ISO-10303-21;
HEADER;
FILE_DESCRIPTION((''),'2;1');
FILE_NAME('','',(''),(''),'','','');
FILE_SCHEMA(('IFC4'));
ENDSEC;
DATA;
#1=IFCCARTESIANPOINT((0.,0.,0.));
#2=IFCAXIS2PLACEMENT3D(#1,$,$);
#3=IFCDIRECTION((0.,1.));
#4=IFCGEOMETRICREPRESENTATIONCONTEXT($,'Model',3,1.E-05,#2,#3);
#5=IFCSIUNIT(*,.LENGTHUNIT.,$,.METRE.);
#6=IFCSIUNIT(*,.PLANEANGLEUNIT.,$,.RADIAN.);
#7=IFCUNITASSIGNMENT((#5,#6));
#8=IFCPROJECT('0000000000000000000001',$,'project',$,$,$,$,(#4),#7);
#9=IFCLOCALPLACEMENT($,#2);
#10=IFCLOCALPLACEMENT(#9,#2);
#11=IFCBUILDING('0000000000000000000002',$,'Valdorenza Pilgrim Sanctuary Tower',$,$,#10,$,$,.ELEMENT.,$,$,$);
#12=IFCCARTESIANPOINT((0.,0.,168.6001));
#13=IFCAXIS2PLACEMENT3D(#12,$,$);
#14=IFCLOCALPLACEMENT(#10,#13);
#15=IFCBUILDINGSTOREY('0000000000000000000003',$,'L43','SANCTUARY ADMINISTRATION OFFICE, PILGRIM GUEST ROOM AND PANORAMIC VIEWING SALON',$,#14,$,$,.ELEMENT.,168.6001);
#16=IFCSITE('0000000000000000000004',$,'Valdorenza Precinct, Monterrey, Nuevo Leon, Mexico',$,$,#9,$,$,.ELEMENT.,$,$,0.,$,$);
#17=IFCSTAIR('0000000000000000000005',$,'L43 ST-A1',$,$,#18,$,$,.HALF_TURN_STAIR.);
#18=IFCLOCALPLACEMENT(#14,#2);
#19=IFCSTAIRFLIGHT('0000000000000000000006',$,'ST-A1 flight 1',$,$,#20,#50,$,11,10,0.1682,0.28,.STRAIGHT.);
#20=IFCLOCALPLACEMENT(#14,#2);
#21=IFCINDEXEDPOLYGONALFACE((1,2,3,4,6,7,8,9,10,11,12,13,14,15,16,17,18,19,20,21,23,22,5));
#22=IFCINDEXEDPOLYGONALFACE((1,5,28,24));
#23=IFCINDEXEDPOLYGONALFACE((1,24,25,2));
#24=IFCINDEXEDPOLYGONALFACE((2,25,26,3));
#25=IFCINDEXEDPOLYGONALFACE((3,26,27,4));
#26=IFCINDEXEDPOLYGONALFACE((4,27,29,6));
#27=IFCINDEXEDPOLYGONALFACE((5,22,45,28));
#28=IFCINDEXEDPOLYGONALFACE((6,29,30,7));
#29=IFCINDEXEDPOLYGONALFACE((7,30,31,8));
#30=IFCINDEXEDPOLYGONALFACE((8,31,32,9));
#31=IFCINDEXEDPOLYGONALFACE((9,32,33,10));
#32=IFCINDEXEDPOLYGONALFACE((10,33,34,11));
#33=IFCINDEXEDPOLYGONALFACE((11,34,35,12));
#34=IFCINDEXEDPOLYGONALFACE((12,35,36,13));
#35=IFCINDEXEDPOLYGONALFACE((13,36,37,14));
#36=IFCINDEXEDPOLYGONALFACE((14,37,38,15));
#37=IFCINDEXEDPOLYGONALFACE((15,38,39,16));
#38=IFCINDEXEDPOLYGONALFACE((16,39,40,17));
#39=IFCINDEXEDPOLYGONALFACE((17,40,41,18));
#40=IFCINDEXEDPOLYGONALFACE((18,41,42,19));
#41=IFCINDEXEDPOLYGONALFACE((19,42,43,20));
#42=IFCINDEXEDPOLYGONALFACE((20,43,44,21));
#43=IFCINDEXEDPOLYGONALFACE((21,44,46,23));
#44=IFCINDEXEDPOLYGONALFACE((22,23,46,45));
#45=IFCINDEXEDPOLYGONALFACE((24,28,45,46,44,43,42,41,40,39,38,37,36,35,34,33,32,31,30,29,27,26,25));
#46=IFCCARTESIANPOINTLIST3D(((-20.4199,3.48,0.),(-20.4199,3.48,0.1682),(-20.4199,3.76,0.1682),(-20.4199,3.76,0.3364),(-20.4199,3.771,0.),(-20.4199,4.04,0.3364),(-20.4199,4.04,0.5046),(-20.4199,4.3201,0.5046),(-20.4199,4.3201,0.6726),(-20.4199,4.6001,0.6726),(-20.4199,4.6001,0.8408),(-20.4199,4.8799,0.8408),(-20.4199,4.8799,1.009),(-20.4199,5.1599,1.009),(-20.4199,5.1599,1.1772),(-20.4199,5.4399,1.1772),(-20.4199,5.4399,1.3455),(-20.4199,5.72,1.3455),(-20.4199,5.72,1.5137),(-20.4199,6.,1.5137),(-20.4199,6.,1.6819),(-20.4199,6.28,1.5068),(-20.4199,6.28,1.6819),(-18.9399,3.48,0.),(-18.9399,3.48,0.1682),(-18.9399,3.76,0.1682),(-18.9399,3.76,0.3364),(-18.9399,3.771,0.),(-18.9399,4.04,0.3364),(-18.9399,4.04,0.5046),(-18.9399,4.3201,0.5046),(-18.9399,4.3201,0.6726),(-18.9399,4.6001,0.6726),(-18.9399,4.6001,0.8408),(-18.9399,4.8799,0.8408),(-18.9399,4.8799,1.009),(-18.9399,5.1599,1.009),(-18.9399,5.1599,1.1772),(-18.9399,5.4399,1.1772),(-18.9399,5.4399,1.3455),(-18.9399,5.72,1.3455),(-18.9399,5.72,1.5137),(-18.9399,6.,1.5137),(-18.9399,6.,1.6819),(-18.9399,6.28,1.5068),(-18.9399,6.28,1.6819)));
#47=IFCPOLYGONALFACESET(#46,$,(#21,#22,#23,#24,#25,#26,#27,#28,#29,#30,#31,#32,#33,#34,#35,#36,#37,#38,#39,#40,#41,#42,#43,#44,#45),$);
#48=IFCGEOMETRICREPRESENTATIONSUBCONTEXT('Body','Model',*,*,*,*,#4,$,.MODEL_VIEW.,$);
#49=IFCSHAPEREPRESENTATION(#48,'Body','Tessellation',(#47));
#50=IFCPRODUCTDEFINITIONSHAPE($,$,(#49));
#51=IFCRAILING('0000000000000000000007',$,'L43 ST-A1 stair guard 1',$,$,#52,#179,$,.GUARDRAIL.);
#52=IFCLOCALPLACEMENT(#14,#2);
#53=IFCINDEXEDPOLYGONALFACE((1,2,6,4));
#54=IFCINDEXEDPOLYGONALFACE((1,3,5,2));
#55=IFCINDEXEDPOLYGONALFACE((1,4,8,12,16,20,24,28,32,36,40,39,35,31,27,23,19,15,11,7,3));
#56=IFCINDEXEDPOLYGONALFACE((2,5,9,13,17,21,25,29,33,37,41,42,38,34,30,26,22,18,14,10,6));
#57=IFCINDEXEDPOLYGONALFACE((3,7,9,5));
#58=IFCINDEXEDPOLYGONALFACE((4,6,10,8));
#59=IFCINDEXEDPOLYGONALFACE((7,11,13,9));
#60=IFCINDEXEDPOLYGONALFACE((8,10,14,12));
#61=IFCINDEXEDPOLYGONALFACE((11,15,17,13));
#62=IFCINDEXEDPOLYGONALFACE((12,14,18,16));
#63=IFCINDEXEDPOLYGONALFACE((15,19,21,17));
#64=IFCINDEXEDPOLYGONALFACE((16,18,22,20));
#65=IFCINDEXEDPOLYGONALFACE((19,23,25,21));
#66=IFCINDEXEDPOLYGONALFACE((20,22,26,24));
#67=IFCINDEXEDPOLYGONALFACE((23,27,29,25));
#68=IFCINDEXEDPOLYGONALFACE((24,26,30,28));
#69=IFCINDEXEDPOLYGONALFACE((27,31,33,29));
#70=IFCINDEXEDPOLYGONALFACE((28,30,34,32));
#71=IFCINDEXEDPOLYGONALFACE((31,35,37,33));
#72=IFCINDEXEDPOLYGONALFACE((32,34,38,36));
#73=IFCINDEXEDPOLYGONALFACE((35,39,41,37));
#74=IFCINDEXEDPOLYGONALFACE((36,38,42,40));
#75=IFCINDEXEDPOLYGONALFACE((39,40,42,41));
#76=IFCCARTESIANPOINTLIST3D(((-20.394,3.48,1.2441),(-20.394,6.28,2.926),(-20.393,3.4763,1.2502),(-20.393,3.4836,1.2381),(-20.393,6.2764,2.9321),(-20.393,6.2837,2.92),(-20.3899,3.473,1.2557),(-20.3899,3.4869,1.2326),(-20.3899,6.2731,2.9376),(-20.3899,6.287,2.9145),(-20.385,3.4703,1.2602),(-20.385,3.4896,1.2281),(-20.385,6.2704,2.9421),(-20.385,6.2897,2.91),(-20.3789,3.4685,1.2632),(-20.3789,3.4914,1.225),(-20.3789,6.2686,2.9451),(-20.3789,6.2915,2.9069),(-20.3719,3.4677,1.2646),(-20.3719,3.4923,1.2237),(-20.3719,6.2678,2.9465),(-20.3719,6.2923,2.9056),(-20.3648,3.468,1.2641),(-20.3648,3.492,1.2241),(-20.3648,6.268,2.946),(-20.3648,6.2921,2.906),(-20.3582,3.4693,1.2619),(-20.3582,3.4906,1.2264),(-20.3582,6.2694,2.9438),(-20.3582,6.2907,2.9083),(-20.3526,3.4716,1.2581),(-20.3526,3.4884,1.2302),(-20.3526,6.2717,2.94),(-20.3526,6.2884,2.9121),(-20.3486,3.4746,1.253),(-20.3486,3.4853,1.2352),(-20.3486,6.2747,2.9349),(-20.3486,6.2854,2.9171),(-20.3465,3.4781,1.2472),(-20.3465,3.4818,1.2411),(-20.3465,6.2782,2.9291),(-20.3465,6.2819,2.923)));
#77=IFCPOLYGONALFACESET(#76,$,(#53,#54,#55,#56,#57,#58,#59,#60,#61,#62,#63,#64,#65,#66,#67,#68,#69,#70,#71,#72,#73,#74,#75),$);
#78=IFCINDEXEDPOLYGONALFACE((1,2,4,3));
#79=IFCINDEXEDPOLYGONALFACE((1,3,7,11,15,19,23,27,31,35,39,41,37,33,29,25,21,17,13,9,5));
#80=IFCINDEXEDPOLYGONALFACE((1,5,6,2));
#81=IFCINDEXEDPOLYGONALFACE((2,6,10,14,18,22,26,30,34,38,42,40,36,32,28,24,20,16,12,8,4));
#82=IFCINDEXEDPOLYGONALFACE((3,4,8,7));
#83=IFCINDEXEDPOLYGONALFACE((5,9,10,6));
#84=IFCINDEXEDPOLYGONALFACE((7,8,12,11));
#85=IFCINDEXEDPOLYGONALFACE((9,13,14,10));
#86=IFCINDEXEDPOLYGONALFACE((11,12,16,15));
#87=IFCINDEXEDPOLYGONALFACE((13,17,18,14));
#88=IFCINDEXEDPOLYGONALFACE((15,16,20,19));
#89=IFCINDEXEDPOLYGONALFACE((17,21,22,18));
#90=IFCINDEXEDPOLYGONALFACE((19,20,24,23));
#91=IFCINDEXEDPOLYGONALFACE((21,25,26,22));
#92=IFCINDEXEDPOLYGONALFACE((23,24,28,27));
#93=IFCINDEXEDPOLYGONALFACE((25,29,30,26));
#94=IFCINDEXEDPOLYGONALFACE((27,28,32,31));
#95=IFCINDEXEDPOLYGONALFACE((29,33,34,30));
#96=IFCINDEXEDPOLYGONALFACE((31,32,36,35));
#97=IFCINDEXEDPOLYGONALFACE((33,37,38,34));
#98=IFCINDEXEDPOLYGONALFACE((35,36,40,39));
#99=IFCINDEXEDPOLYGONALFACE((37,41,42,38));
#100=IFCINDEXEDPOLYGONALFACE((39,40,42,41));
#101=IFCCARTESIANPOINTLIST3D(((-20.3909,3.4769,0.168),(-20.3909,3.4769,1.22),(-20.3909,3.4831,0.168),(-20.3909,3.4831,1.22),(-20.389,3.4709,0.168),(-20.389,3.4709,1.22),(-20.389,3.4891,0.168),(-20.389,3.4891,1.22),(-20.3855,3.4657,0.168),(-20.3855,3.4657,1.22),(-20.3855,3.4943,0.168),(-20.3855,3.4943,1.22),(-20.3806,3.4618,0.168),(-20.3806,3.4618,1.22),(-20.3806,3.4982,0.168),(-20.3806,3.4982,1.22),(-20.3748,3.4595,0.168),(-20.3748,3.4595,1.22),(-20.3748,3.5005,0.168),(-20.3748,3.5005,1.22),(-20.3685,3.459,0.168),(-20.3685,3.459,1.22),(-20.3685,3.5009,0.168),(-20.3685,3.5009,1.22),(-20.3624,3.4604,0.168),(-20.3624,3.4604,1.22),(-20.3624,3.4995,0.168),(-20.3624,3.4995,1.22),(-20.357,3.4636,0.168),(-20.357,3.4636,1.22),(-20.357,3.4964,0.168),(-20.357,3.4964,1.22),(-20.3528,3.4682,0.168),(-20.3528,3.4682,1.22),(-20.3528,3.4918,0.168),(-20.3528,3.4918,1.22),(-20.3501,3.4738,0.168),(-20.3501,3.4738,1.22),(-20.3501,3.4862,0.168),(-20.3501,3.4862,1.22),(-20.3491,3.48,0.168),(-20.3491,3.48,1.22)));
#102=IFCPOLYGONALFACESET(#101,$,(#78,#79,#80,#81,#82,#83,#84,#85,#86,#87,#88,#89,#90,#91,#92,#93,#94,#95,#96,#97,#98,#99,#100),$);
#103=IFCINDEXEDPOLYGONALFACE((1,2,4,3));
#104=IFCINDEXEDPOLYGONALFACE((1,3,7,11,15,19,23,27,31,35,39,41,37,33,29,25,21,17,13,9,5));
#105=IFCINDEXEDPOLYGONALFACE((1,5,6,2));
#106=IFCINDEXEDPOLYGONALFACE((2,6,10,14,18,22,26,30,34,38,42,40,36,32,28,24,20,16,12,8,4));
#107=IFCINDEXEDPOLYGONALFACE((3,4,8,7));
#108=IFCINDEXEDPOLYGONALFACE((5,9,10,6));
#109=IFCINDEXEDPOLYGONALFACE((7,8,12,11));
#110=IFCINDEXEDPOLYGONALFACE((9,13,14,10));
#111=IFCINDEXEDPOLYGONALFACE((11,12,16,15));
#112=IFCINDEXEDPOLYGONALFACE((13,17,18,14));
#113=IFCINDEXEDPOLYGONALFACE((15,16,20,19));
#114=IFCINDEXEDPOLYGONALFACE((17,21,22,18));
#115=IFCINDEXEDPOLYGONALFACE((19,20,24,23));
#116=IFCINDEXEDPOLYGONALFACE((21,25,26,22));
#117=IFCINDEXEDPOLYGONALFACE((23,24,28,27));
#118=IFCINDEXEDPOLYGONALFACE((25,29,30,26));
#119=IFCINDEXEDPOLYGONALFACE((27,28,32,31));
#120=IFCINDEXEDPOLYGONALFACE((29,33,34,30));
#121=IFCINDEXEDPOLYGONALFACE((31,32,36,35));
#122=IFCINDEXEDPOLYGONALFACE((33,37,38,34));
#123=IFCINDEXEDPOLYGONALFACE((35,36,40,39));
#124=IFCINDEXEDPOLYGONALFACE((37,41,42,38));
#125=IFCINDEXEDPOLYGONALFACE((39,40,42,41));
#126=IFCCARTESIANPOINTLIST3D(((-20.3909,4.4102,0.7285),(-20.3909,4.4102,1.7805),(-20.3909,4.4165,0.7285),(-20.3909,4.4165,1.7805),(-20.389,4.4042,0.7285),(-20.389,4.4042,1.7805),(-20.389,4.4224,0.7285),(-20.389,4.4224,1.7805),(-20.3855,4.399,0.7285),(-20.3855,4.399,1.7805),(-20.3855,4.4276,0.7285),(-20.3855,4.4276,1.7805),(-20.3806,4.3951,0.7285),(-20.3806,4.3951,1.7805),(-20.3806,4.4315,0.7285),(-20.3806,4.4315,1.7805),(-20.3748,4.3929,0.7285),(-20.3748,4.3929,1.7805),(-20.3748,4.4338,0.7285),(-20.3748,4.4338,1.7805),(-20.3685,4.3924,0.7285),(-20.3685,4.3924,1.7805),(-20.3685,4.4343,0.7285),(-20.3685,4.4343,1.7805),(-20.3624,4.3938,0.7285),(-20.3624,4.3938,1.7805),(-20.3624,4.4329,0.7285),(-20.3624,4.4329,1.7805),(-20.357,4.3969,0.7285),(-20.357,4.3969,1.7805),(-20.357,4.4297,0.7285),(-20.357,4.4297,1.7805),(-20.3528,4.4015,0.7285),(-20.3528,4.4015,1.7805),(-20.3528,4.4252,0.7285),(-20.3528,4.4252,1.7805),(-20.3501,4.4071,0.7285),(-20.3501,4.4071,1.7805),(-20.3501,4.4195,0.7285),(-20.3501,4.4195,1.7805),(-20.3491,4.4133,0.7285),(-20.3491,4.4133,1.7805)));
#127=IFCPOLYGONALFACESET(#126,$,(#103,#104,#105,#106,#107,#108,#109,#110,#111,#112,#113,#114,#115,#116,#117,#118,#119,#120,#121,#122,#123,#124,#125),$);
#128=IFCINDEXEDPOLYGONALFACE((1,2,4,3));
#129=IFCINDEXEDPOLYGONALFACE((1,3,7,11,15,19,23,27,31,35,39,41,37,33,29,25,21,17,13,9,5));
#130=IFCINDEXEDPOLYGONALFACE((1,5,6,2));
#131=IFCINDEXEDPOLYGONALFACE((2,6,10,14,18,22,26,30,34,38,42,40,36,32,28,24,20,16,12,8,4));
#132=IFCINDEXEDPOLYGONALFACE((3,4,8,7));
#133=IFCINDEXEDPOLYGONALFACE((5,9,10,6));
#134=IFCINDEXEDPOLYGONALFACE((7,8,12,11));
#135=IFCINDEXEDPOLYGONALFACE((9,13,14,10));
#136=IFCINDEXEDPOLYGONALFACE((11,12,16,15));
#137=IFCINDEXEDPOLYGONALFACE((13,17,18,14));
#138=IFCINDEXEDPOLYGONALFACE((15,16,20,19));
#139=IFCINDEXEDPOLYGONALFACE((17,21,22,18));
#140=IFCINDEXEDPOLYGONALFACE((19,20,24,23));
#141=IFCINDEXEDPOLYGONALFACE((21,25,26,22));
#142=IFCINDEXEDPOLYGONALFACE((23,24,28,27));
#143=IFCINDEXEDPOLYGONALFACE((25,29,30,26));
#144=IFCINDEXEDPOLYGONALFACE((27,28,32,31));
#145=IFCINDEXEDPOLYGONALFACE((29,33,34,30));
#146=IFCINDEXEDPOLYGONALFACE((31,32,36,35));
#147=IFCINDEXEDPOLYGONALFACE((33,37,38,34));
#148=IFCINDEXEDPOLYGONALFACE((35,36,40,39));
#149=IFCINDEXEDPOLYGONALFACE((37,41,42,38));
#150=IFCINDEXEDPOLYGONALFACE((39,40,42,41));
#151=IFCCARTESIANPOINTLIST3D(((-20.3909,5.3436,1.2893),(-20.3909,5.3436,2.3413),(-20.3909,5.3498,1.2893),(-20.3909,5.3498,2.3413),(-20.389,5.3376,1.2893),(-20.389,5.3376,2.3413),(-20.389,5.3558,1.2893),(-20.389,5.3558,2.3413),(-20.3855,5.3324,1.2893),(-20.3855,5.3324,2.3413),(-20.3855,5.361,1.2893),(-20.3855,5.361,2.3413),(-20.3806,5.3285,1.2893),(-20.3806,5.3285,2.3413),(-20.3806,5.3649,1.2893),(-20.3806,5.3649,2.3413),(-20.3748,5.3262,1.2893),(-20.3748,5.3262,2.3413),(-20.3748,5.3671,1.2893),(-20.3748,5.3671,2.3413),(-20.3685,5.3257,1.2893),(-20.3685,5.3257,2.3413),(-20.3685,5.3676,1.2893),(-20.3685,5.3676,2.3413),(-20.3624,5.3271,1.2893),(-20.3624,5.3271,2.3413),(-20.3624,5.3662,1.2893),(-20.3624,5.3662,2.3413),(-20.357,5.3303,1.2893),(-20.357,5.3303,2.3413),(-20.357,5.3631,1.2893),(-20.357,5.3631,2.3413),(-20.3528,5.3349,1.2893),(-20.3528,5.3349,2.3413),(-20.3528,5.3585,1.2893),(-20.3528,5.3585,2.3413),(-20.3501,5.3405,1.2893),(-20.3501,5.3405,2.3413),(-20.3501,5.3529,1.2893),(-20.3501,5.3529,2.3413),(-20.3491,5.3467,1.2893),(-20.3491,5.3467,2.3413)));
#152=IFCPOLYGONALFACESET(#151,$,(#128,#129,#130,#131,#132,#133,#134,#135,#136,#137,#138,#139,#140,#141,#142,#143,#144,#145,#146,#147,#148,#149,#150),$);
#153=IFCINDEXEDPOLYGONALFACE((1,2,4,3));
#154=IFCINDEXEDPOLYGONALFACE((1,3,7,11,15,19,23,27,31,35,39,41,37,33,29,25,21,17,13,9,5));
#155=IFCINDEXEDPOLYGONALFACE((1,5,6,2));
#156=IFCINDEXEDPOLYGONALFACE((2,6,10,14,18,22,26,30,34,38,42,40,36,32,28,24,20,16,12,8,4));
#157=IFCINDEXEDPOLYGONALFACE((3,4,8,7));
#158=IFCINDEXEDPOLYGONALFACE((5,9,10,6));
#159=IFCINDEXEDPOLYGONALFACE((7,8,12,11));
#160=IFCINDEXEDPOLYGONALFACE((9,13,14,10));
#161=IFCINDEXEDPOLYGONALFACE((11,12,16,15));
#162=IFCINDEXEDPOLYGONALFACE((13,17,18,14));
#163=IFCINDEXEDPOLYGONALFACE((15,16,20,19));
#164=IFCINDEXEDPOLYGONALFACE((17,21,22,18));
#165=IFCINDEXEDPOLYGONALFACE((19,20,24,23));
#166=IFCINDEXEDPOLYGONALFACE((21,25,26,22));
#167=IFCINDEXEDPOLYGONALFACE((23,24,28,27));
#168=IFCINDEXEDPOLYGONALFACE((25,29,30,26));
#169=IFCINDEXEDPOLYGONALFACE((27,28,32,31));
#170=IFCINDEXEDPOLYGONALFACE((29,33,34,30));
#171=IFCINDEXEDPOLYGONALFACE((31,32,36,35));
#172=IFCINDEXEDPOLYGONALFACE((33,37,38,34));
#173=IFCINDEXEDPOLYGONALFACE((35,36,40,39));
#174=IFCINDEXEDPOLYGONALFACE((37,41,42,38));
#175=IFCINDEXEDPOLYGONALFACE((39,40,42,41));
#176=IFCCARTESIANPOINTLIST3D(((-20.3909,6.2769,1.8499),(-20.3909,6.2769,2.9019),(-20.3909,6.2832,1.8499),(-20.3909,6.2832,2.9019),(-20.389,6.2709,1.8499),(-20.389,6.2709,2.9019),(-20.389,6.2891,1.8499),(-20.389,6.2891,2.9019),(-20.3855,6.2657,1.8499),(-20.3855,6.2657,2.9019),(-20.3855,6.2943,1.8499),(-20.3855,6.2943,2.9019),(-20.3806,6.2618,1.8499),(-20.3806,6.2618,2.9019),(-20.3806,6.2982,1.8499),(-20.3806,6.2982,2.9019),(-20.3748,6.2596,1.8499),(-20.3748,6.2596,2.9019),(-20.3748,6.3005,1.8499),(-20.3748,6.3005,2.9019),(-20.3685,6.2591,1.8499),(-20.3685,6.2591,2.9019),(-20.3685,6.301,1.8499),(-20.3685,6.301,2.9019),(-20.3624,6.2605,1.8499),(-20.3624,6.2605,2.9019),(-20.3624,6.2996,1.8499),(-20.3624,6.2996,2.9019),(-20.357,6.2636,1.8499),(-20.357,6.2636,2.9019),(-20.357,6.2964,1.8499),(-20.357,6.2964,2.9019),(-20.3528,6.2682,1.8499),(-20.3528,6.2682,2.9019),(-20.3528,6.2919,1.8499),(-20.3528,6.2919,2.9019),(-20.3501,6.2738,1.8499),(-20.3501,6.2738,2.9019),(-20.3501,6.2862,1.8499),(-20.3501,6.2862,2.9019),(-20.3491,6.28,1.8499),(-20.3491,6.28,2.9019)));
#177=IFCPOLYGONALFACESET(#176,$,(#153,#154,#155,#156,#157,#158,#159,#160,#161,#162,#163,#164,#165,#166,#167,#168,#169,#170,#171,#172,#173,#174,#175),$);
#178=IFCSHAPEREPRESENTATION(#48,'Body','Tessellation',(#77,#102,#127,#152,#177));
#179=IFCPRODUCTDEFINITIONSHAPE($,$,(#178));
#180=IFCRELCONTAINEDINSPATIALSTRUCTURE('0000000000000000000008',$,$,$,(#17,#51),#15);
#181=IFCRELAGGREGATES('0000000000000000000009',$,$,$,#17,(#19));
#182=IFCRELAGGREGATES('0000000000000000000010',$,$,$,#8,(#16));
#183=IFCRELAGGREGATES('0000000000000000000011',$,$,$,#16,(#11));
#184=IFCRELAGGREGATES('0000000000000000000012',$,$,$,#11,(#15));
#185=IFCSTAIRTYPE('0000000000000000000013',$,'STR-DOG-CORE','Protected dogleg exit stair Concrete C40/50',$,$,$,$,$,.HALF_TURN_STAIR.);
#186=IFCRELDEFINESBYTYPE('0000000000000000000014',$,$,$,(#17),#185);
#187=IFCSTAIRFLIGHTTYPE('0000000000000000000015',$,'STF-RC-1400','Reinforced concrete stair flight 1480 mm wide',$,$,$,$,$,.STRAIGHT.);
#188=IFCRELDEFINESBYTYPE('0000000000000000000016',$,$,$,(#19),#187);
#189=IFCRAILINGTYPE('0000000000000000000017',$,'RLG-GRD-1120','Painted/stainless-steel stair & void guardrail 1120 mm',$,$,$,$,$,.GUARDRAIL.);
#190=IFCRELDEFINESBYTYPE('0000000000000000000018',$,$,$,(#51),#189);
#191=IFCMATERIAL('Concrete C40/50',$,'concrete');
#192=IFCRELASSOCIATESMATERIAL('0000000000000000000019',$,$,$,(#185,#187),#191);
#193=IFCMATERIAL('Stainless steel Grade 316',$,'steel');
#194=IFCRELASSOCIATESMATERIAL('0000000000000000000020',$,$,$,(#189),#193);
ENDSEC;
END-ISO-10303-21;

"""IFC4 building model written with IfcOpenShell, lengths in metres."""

from ifc_helpers import new_model, si_unit, direction, frame, origin, origin_2d, place, context, subcontext, project, spatial, polyline, circle, outline, extrude, material, type_object, element, aggregate, save


model = new_model("IFC4")

# Units and contexts
model_context = context("Model", 3, precision=1e-05, world=origin(), true_north=direction((0.0, 1.0)))
body_context = subcontext(model_context, "Body", "Model", "MODEL_VIEW")
ifc_project = project(units=[si_unit("LENGTHUNIT", "METRE"), si_unit("PLANEANGLEUNIT", "RADIAN")], contexts=[model_context])

# Site, building, storey
site_placement = place(None, origin())
site = spatial("IfcSite", under=ifc_project, at=site_placement, Name="Valdorenza Precinct, Monterrey, Nuevo Leon, Mexico", CompositionType="ELEMENT", RefElevation=0.0)
building_placement = place(site_placement, origin())
building = spatial("IfcBuilding", under=site, at=building_placement, Name="Valdorenza Pilgrim Sanctuary Tower", CompositionType="ELEMENT")
storey_placement = place(building_placement, frame((0.0, 0.0, 168.6001)))
storey = spatial("IfcBuildingStorey", under=building, at=storey_placement, Name="L43", Description="SANCTUARY ADMINISTRATION OFFICE, PILGRIM GUEST ROOM AND PANORAMIC VIEWING SALON", CompositionType="ELEMENT", Elevation=168.6001)

# Shared definitions
ifc_material_1 = material(Name="Concrete C40/50", Category="concrete")

# Stair, stair flight
stair_type = type_object("IfcStairType", Name="STR-DOG-CORE", Description="Protected dogleg exit stair Concrete C40/50", PredefinedType="HALF_TURN_STAIR", material=ifc_material_1)
stair_placement = place(storey_placement, origin())
stair = element("IfcStair", 1, at=stair_placement, inside=storey, type_object=stair_type, Name="L43 ST-A1", PredefinedType="HALF_TURN_STAIR")
stair_flight_type = type_object("IfcStairFlightType", Name="STF-RC-1400", Description="Reinforced concrete stair flight 1480 mm wide", PredefinedType="STRAIGHT", material=ifc_material_1)
stair_flight_placement = place(storey_placement, frame((-19.6799, 3.48, 0.0), z_axis=(0.0, 0.0, 1.0), x_axis=(0.0, 1.0, 0.0)))
stair_flight = element("IfcStairFlight", 2, at=stair_flight_placement, type_object=stair_flight_type, Name="ST-A1 flight 1", NumberOfRisers=11, NumberOfTreads=10, PredefinedType="STRAIGHT", RiserHeight=0.1682, TreadLength=0.28, context=body_context, shape_type="SweptSolid", body=[
    extrude(outline(polyline([(0.0, 0.0), (0.0, 0.1682), (0.28, 0.1682), (0.28, 0.3364), (0.5601, 0.3364), (0.5601, 0.5046), (0.8401, 0.5046), (0.8401, 0.6726), (1.1201, 0.6726), (1.1201, 0.8408), (1.3999, 0.8408), (1.3999, 1.009), (1.6799, 1.009), (1.6799, 1.1772), (1.96, 1.1772), (1.96, 1.3455), (2.24, 1.3455), (2.24, 1.5137), (2.52, 1.5137), (2.52, 1.6819), (2.8, 1.6819), (2.8, 1.8501), (2.8, 1.5068), (0.291, 0.0), (0.0, 0.0)])), frame((0.0, 0.74, 0.0), z_axis=(0.0, -1.0, 0.0), x_axis=(1.0, 0.0, 0.0)), (0.0, 0.0, 1.0), 1.48),
])
aggregate(stair, [stair_flight])

# Railing
ifc_material_2 = material(Name="Stainless steel Grade 316", Category="steel")
railing_type_1 = type_object("IfcRailingType", Name="RLG-GRD-1120", Description="Painted/stainless-steel stair & void guardrail 1120 mm", PredefinedType="GUARDRAIL", material=ifc_material_2)
railing_1_placement = place(storey_placement, frame((-20.3701, 3.48, 0.168)))
element("IfcRailing", 3, at=railing_1_placement, inside=storey, type_object=railing_type_1, Name="L43 ST-A1 stair guard 1", PredefinedType="GUARDRAIL", context=body_context, shape_type="SweptSolid", body=[
    extrude(circle(Radius=0.0239, at=origin_2d()), frame((0.0, 0.0, 1.0762), z_axis=(0.0, 0.857242, 0.514913), x_axis=(-1.0, 0.0, 0.0)), (0.0, 0.0, 1.0), 3.2664),
    extrude(circle(Radius=0.021, at=origin_2d()), origin(), (0.0, 0.0, 1.0), 1.052),
    extrude(circle(Radius=0.021, at=origin_2d()), frame((0.0, 0.9333, 0.5605)), (0.0, 0.0, 1.0), 1.052),
    extrude(circle(Radius=0.021, at=origin_2d()), frame((0.0, 1.8667, 1.1213)), (0.0, 0.0, 1.0), 1.052),
    extrude(circle(Radius=0.021, at=origin_2d()), frame((0.0, 2.8, 1.6819)), (0.0, 0.0, 1.0), 1.052),
])

save(model, "model.ifc")
